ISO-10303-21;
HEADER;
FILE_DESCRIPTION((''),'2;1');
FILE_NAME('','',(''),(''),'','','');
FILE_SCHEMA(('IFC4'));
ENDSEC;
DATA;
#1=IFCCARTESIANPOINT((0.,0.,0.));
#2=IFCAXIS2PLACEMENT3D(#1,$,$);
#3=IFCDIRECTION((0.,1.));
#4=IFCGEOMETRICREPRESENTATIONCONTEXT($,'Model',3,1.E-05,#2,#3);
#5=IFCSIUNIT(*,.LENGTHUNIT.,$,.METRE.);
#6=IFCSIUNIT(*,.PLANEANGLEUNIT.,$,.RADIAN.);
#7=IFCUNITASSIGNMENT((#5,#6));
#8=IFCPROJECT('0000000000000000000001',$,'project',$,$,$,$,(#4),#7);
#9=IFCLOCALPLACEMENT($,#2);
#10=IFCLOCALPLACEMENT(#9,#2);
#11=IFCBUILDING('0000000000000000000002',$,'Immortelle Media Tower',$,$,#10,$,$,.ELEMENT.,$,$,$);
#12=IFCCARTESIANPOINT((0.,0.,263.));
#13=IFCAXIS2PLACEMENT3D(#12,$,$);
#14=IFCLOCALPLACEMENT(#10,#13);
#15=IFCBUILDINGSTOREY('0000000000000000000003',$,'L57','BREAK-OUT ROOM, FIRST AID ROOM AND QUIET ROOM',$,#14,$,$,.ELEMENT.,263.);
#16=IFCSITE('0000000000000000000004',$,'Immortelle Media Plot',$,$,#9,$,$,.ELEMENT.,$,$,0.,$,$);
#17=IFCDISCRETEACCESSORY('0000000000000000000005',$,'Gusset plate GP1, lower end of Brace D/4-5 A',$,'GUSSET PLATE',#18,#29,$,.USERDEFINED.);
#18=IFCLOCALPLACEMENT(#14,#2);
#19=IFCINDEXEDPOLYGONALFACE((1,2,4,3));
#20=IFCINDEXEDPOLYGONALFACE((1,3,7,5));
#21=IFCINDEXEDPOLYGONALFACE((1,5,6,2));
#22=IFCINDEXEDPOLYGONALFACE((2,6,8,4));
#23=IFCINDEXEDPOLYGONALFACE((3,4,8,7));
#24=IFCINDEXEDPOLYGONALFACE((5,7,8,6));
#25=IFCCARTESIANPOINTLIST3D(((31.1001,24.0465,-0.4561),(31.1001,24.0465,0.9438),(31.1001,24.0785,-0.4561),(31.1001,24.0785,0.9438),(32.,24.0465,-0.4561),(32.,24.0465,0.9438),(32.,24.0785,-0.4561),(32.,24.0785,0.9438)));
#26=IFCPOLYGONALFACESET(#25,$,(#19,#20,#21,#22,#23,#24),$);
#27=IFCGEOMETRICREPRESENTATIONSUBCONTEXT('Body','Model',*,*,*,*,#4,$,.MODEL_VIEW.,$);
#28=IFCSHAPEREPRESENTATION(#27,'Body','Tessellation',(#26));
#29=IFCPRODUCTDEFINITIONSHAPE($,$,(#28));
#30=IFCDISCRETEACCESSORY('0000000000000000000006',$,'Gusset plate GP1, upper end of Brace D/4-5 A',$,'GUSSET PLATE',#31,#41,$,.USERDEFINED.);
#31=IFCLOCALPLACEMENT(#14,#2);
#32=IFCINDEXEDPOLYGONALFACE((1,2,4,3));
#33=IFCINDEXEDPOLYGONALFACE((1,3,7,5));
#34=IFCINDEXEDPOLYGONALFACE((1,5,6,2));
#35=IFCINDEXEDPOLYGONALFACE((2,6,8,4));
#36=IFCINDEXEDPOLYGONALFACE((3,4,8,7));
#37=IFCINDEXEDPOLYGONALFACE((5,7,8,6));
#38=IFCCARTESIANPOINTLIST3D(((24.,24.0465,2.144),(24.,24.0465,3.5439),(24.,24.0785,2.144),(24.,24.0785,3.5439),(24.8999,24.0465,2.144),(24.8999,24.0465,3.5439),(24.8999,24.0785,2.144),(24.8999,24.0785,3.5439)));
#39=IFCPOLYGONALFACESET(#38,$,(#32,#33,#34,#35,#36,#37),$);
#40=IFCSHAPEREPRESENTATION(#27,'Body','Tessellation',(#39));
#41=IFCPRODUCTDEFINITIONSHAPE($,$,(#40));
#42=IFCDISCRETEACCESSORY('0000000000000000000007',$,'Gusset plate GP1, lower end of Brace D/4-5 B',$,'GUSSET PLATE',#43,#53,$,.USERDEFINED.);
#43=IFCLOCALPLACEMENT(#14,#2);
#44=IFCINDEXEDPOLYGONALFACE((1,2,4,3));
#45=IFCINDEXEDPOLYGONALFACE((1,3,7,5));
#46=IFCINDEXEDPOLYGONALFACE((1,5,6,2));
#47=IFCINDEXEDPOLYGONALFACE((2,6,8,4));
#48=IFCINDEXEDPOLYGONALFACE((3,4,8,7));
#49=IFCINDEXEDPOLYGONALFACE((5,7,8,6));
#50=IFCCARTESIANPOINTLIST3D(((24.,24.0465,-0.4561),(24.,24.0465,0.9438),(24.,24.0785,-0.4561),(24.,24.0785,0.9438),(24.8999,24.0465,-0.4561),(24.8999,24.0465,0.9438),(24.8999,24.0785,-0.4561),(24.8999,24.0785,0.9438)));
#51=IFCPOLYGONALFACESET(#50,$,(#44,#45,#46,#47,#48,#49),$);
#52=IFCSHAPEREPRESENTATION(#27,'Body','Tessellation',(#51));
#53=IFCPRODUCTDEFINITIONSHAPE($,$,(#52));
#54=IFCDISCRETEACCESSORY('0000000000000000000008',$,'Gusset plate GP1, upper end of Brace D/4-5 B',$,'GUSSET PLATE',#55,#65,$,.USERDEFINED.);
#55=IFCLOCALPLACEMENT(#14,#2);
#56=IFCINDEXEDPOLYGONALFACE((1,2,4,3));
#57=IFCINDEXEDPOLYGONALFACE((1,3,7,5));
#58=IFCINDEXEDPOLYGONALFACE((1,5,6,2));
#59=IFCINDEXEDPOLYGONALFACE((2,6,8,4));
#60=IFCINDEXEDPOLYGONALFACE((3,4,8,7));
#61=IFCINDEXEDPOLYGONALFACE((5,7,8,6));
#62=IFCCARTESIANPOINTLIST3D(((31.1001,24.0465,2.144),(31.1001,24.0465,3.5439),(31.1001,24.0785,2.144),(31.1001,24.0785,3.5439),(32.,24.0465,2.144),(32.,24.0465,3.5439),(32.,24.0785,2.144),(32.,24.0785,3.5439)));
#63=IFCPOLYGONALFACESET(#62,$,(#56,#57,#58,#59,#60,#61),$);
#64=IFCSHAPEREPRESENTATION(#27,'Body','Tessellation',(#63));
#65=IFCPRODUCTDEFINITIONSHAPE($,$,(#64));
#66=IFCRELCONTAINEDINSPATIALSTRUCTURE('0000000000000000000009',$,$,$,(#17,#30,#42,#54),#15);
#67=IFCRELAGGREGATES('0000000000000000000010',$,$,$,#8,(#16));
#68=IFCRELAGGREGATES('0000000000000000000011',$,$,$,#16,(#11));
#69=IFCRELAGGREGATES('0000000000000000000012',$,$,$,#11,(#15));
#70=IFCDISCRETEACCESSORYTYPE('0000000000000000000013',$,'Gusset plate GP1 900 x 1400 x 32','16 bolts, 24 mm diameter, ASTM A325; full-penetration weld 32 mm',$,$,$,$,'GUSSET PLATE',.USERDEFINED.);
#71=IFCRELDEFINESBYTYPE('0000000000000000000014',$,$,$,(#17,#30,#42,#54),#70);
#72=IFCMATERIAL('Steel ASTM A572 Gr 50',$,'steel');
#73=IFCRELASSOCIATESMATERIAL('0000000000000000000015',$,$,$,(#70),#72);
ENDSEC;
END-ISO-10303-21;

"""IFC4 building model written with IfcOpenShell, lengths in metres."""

from ifc_helpers import new_model, si_unit, direction, frame, origin, origin_2d, place, context, subcontext, project, spatial, rectangle, extrude, material, material_profile, profile_set, type_object, element, save


model = new_model("IFC4")

# Units and contexts
model_context = context("Model", 3, precision=1e-05, world=origin(), true_north=direction((0.0, 1.0)))
body_context = subcontext(model_context, "Body", "Model", "MODEL_VIEW")
ifc_project = project(units=[si_unit("LENGTHUNIT", "METRE"), si_unit("PLANEANGLEUNIT", "RADIAN")], contexts=[model_context])

# Site, building, storey
site_placement = place(None, origin())
site = spatial("IfcSite", under=ifc_project, at=site_placement, Name="Immortelle Media Plot", CompositionType="ELEMENT", RefElevation=0.0)
building_placement = place(site_placement, origin())
building = spatial("IfcBuilding", under=site, at=building_placement, Name="Immortelle Media Tower", CompositionType="ELEMENT")
storey_placement = place(building_placement, frame((0.0, 0.0, 263.0)))
storey = spatial("IfcBuildingStorey", under=building, at=storey_placement, Name="L57", Description="BREAK-OUT ROOM, FIRST AID ROOM AND QUIET ROOM", CompositionType="ELEMENT", Elevation=263.0)

# Discrete accessories
ifc_material_1 = material(Name="Steel ASTM A572 Gr 50", Category="steel")
ifc_material_profile_1 = material_profile(ifc_material_1, rectangle(XDim=0.032, YDim=1.3999, at=origin_2d()), Name="PL 32 x 1400")
ifc_profile_set_1 = profile_set([ifc_material_profile_1], Name="Steel ASTM A572 Gr 50")
discrete_accessory_type_1 = type_object("IfcDiscreteAccessoryType", Name="Gusset plate GP1 900 x 1400 x 32", Description="16 bolts, 24 mm diameter, ASTM A325; full-penetration weld 32 mm", ElementType="GUSSET PLATE", PredefinedType="USERDEFINED", material=ifc_profile_set_1)
for number, where, z_axis, x_axis, name in (
    (1, (32.0, 24.0625, 0.2439), (-1.0, 0.0, 0.0), (0.0, -1.0, 0.0), "Gusset plate GP1, lower end of Brace D/4-5 A"),
    (2, (24.0, 24.0625, 2.844), (1.0, 0.0, 0.0), (0.0, 1.0, 0.0), "Gusset plate GP1, upper end of Brace D/4-5 A"),
    (3, (24.0, 24.0625, 0.2439), (1.0, 0.0, 0.0), (0.0, 1.0, 0.0), "Gusset plate GP1, lower end of Brace D/4-5 B"),
    (4, (32.0, 24.0625, 2.844), (-1.0, 0.0, 0.0), (0.0, -1.0, 0.0), "Gusset plate GP1, upper end of Brace D/4-5 B"),
):
    element("IfcDiscreteAccessory", number, at=place(storey_placement, frame(where, z_axis=z_axis, x_axis=x_axis)), inside=storey, type_object=discrete_accessory_type_1, Name=name, ObjectType="GUSSET PLATE", PredefinedType="USERDEFINED", context=body_context, shape_type="SweptSolid", body=[
        extrude(rectangle(XDim=0.032, YDim=1.3999, at=origin_2d()), origin(), (0.0, 0.0, 1.0), 0.8999),
    ])

save(model, "model.ifc")
